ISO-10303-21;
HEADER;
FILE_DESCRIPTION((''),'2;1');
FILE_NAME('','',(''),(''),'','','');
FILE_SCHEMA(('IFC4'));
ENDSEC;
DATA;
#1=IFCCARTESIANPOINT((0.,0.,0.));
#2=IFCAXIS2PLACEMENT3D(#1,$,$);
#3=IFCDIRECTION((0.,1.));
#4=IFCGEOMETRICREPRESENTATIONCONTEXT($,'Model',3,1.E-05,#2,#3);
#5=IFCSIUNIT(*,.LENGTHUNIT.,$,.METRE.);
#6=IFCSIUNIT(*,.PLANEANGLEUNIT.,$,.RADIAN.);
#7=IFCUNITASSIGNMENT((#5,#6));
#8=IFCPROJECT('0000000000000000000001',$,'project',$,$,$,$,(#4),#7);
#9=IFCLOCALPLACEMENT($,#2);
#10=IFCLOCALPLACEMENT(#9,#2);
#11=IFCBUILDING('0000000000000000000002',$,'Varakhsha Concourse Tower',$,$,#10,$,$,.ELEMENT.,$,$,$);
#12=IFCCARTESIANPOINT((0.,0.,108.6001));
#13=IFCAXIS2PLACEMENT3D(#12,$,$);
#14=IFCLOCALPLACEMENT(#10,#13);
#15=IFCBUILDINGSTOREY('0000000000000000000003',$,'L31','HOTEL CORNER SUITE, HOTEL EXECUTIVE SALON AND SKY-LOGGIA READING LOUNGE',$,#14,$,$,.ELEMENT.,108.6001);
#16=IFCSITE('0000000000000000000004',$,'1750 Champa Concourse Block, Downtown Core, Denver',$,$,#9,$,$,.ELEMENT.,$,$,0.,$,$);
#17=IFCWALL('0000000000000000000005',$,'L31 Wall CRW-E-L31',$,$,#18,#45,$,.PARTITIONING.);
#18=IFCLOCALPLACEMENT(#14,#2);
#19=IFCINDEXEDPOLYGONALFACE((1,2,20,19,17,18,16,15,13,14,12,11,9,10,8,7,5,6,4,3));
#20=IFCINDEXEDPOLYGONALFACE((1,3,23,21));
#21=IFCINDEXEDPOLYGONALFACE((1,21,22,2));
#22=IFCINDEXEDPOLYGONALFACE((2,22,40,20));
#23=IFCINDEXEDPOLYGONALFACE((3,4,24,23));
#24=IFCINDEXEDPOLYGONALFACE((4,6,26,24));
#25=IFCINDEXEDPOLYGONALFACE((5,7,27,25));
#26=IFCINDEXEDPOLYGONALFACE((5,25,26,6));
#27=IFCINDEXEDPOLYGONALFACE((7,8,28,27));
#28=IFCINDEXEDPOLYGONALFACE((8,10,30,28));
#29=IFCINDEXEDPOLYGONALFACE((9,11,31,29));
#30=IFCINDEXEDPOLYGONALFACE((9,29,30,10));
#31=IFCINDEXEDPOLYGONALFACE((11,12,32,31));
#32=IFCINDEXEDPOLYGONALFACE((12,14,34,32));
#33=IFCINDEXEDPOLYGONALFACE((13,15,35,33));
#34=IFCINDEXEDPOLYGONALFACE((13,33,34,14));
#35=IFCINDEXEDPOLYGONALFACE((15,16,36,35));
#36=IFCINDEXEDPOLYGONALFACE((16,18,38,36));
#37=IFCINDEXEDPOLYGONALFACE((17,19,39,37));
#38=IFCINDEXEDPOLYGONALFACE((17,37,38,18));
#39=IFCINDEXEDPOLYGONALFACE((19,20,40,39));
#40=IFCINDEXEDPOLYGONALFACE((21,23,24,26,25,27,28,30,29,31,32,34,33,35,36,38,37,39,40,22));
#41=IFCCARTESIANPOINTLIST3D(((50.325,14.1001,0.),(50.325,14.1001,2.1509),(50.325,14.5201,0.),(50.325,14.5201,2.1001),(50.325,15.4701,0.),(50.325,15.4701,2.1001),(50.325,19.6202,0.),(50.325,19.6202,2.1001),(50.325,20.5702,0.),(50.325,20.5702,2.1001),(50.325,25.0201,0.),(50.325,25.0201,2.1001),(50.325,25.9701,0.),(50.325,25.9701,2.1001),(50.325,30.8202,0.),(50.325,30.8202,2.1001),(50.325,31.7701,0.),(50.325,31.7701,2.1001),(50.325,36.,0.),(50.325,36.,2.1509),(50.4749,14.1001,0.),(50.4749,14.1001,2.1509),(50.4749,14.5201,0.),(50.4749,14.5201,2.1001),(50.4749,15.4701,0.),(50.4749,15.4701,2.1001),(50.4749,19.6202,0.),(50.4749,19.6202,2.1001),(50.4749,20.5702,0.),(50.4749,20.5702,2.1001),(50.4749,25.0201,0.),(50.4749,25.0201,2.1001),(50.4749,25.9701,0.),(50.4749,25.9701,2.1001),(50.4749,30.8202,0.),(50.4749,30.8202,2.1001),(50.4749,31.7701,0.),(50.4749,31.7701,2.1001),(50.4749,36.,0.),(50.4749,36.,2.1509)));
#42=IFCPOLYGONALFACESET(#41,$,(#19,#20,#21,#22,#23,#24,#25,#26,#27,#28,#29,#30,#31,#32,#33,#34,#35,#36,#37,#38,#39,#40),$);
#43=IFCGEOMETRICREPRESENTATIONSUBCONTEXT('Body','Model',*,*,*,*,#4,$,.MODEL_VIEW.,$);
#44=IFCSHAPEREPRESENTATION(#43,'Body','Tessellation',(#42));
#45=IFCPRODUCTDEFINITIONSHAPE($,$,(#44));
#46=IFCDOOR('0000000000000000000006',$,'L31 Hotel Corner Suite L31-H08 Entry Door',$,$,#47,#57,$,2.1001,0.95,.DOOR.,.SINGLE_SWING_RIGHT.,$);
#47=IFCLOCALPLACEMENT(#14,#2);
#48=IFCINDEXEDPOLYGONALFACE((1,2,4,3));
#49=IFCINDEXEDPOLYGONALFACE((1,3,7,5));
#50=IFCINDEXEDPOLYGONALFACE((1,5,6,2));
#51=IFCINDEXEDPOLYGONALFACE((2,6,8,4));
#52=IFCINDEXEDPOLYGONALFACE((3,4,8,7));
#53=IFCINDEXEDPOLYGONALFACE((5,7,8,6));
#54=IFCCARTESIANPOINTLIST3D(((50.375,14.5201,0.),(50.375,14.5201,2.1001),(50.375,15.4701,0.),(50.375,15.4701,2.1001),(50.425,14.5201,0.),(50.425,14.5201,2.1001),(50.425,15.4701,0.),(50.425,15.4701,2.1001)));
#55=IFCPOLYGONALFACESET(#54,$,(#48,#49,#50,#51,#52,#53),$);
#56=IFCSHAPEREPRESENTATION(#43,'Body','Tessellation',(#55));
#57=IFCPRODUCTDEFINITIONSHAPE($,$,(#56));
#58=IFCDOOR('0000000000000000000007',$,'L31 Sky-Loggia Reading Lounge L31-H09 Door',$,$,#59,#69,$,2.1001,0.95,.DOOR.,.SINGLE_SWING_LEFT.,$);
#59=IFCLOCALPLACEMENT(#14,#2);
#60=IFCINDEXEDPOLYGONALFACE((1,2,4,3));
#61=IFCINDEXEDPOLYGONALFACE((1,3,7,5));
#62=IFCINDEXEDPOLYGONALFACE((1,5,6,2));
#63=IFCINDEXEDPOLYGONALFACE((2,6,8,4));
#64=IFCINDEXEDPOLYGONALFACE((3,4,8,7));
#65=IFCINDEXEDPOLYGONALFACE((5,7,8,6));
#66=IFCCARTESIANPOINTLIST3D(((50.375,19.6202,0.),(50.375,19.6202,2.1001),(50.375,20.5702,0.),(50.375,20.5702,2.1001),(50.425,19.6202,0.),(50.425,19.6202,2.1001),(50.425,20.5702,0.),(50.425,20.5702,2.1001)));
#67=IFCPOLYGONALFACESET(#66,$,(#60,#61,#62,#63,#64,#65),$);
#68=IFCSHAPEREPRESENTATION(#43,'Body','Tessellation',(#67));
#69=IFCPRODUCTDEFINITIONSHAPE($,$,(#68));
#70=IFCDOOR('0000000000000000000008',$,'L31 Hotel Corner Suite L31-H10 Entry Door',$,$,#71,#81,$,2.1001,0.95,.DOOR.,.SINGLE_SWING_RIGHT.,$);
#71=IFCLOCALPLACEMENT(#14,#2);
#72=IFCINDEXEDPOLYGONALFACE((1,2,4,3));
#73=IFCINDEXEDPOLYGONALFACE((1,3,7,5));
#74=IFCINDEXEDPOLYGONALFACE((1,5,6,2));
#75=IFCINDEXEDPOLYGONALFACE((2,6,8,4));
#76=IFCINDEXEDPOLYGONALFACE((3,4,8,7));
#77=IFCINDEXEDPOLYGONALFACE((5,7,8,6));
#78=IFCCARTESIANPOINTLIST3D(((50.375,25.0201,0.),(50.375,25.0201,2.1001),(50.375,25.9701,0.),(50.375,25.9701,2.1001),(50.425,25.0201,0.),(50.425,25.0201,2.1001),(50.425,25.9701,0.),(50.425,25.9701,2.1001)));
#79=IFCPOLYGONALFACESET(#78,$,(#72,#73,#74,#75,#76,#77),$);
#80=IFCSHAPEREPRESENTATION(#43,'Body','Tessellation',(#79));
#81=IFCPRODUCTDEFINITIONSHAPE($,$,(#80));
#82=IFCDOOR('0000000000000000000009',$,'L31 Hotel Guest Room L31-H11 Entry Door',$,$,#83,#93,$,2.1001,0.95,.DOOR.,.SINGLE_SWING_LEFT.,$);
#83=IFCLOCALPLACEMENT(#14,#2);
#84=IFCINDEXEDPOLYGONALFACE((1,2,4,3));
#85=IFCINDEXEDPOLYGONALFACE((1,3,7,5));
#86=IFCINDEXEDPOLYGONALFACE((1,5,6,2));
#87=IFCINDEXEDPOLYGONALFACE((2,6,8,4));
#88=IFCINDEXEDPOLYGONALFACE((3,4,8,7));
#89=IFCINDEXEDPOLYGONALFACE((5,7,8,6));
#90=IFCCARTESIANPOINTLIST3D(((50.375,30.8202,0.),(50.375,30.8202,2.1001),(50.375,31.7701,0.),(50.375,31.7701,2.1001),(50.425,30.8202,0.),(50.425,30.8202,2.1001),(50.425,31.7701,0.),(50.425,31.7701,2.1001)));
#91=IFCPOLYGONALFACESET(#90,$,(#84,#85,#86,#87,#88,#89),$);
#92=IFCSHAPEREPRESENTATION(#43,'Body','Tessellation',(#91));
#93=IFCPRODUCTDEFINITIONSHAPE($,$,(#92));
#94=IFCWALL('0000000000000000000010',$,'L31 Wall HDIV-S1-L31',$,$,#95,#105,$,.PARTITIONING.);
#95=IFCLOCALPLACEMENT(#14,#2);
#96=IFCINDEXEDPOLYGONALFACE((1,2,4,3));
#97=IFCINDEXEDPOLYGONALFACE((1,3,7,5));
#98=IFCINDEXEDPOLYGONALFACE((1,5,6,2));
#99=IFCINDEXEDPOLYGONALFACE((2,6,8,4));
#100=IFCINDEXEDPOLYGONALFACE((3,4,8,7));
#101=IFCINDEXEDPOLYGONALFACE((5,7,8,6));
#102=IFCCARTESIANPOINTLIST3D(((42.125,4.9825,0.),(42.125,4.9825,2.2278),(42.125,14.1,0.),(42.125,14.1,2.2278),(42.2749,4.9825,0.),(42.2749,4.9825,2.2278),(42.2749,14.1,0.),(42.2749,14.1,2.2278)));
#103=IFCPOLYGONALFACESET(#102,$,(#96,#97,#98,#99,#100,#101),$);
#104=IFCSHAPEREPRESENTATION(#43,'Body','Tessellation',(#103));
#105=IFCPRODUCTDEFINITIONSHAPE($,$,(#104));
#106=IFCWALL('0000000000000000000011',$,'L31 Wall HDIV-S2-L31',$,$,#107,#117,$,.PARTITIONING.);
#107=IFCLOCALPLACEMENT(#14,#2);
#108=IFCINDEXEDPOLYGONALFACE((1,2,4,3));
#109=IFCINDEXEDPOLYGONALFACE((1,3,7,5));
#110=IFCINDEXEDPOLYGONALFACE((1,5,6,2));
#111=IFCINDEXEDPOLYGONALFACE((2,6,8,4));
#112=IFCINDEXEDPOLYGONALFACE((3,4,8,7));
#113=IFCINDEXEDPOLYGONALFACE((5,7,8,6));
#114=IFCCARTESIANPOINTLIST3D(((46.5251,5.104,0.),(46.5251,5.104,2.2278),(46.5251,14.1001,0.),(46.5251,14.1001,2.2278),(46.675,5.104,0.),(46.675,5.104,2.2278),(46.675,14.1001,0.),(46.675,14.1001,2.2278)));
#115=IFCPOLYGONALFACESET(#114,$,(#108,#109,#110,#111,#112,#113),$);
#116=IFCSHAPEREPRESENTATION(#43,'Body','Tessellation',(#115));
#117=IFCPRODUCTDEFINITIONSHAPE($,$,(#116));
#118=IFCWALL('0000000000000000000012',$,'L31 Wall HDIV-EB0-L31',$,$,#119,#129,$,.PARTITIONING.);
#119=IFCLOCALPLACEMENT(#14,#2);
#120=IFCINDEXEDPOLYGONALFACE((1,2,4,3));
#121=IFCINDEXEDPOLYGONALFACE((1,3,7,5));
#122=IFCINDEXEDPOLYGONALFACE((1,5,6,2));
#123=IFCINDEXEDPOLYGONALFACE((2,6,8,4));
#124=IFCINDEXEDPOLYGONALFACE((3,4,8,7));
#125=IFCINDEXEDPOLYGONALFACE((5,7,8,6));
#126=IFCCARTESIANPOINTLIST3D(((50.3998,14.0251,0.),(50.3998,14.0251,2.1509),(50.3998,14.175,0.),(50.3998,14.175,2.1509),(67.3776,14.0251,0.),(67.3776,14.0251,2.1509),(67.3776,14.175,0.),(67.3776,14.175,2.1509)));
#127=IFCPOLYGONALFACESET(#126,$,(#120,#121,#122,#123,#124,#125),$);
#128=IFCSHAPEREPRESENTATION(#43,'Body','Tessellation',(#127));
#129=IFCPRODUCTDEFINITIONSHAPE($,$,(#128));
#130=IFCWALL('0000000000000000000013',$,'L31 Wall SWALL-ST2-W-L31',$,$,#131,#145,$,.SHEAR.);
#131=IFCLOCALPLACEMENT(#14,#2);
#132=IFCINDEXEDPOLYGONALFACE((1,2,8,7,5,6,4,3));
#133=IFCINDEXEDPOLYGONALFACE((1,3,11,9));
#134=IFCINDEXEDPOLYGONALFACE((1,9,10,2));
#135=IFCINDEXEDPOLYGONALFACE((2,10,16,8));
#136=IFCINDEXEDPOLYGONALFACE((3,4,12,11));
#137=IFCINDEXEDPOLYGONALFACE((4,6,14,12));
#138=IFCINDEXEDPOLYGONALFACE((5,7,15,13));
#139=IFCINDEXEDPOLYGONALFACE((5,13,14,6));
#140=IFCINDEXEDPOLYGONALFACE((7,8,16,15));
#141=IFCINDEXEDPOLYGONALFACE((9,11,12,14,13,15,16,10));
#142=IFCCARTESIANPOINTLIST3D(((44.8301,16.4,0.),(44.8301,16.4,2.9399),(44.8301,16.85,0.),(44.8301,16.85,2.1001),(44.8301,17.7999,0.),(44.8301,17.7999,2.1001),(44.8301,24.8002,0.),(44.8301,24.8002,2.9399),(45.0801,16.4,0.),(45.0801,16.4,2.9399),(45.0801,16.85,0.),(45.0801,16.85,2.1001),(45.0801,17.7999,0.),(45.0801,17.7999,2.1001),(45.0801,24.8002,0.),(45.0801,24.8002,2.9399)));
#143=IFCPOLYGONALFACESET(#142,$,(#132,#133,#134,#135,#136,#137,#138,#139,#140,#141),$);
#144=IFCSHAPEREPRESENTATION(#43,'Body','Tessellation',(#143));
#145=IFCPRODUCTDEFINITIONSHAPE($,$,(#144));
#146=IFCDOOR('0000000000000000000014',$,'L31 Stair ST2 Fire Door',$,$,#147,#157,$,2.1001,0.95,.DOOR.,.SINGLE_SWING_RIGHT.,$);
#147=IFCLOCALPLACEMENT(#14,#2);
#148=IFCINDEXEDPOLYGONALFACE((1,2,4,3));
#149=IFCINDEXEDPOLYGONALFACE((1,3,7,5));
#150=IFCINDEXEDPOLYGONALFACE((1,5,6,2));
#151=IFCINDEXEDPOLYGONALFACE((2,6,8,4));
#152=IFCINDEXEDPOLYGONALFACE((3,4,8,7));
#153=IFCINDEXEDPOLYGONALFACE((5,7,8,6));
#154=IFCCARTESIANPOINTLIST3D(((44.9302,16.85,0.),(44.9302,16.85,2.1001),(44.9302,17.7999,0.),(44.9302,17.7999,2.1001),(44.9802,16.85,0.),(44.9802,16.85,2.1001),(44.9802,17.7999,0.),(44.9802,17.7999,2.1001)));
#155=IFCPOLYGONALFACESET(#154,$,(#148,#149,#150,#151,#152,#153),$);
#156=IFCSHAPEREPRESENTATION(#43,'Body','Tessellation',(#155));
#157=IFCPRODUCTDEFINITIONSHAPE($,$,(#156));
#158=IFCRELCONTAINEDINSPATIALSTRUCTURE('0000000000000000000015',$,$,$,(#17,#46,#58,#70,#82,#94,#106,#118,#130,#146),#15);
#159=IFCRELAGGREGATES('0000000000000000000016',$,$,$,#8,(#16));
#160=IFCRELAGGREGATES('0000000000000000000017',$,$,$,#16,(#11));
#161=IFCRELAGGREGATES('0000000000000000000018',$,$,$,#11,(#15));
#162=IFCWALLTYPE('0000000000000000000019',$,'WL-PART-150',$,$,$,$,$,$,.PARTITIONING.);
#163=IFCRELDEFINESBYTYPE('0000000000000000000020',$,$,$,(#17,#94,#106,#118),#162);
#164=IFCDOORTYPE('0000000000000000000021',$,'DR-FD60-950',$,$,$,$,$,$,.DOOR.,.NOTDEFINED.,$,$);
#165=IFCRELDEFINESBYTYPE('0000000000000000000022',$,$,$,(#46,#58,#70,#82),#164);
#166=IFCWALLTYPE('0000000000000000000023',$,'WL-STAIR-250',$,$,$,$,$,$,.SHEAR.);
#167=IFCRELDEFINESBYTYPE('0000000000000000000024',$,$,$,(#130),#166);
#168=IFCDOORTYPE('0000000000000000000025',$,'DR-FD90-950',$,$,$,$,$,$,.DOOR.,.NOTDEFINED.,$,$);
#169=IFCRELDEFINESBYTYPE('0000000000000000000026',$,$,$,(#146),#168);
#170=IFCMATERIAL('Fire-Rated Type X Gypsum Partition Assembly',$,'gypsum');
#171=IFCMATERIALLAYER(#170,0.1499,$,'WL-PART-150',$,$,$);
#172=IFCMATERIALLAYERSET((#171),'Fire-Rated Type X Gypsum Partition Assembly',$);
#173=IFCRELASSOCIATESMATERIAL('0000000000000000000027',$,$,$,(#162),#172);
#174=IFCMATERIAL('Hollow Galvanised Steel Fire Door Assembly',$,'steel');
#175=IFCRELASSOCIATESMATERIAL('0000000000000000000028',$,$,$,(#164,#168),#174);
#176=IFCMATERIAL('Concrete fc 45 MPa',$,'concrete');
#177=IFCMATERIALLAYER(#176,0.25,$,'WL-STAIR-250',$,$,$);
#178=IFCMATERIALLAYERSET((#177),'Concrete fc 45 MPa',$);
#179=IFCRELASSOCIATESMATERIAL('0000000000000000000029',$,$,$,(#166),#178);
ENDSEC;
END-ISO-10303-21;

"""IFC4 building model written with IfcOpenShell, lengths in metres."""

from ifc_helpers import new_model, si_unit, direction, frame, frame_2d, origin, place, context, subcontext, project, spatial, rectangle, extrude, material, layer, layer_set, type_object, element, fill, save


model = new_model("IFC4")

# Units and contexts
model_context = context("Model", 3, precision=1e-05, world=origin(), true_north=direction((0.0, 1.0)))
body_context = subcontext(model_context, "Body", "Model", "MODEL_VIEW")
ifc_project = project(units=[si_unit("LENGTHUNIT", "METRE"), si_unit("PLANEANGLEUNIT", "RADIAN")], contexts=[model_context])

# Site, building, storey
site_placement = place(None, origin())
site = spatial("IfcSite", under=ifc_project, at=site_placement, Name="1750 Champa Concourse Block, Downtown Core, Denver", CompositionType="ELEMENT", RefElevation=0.0)
building_placement = place(site_placement, origin())
building = spatial("IfcBuilding", under=site, at=building_placement, Name="Varakhsha Concourse Tower", CompositionType="ELEMENT")
storey_placement = place(building_placement, frame((0.0, 0.0, 108.6001)))
storey = spatial("IfcBuildingStorey", under=building, at=storey_placement, Name="L31", Description="HOTEL CORNER SUITE, HOTEL EXECUTIVE SALON AND SKY-LOGGIA READING LOUNGE", CompositionType="ELEMENT", Elevation=108.6001)

# Shared definitions
ifc_material_1 = material(Name="Concrete fc 45 MPa", Category="concrete")

# Shared definitions
ifc_material_2 = material(Name="Fire-Rated Type X Gypsum Partition Assembly", Category="gypsum")

# Wall, openings, doors
ifc_layer_1 = layer(ifc_material_2, 0.1499, Name="WL-PART-150")
ifc_layer_set_1 = layer_set([ifc_layer_1], Name="Fire-Rated Type X Gypsum Partition Assembly")
wall_type_1 = type_object("IfcWallType", Name="WL-PART-150", PredefinedType="PARTITIONING", material=ifc_layer_set_1)
wall_1_placement = place(storey_placement, frame((50.3999, 14.1001, 0.0), z_axis=(0.0, 0.0, 1.0), x_axis=(0.0, 1.0, 0.0)))
wall_1 = element("IfcWall", 1, at=wall_1_placement, inside=storey, type_object=wall_type_1, Name="L31 Wall CRW-E-L31", PredefinedType="PARTITIONING", context=body_context, shape_type="SweptSolid", body=[
    extrude(rectangle(XDim=21.8999, YDim=0.1499, at=frame_2d((10.95, 0.0))), origin(), (0.0, 0.0, 1.0), 2.1509),
])
opening_1_placement = place(wall_1_placement, frame((0.4199, 0.0, 0.0)))
opening_1 = element("IfcOpeningElement", 2, at=opening_1_placement, cuts=wall_1, PredefinedType="OPENING", context=body_context, shape_type="SweptSolid", body=[
    extrude(rectangle(XDim=0.95, YDim=2.1001, at=frame_2d((0.4751, 1.05))), frame((0.0, 0.085, 0.0), z_axis=(0.0, -1.0, 0.0), x_axis=(1.0, 0.0, 0.0)), (0.0, 0.0, 1.0), 0.1699),
])
opening_2_placement = place(wall_1_placement, frame((5.52, 0.0, 0.0)))
opening_2 = element("IfcOpeningElement", 3, at=opening_2_placement, cuts=wall_1, PredefinedType="OPENING", context=body_context, shape_type="SweptSolid", body=[
    extrude(rectangle(XDim=0.95, YDim=2.1001, at=frame_2d((0.4751, 1.05))), frame((0.0, 0.085, 0.0), z_axis=(0.0, -1.0, 0.0), x_axis=(1.0, 0.0, 0.0)), (0.0, 0.0, 1.0), 0.1699),
])
opening_3_placement = place(wall_1_placement, frame((10.9199, 0.0, 0.0)))
opening_3 = element("IfcOpeningElement", 4, at=opening_3_placement, cuts=wall_1, PredefinedType="OPENING", context=body_context, shape_type="SweptSolid", body=[
    extrude(rectangle(XDim=0.95, YDim=2.1001, at=frame_2d((0.4751, 1.05))), frame((0.0, 0.085, 0.0), z_axis=(0.0, -1.0, 0.0), x_axis=(1.0, 0.0, 0.0)), (0.0, 0.0, 1.0), 0.1699),
])
opening_4_placement = place(wall_1_placement, frame((16.72, 0.0, 0.0)))
opening_4 = element("IfcOpeningElement", 5, at=opening_4_placement, cuts=wall_1, PredefinedType="OPENING", context=body_context, shape_type="SweptSolid", body=[
    extrude(rectangle(XDim=0.95, YDim=2.1001, at=frame_2d((0.4751, 1.05))), frame((0.0, 0.085, 0.0), z_axis=(0.0, -1.0, 0.0), x_axis=(1.0, 0.0, 0.0)), (0.0, 0.0, 1.0), 0.1699),
])
ifc_material_3 = material(Name="Hollow Galvanised Steel Fire Door Assembly", Category="steel")
door_type_1 = type_object("IfcDoorType", Name="DR-FD60-950", OperationType="NOTDEFINED", PredefinedType="DOOR", material=ifc_material_3)
door_1_placement = place(opening_1_placement, origin())
door_1 = element("IfcDoor", 6, at=door_1_placement, inside=storey, type_object=door_type_1, Name="L31 Hotel Corner Suite L31-H08 Entry Door", OperationType="SINGLE_SWING_RIGHT", OverallHeight=2.1001, OverallWidth=0.95, PredefinedType="DOOR", context=body_context, shape_type="SweptSolid", body=[
    extrude(rectangle(XDim=0.95, YDim=2.1001, at=frame_2d((0.4751, 1.05))), frame((0.0, 0.0249, 0.0), z_axis=(0.0, -1.0, 0.0), x_axis=(1.0, 0.0, 0.0)), (0.0, 0.0, 1.0), 0.05),
])
fill(opening_1, door_1)
door_2_placement = place(opening_2_placement, origin())
door_2 = element("IfcDoor", 7, at=door_2_placement, inside=storey, type_object=door_type_1, Name="L31 Sky-Loggia Reading Lounge L31-H09 Door", OperationType="SINGLE_SWING_LEFT", OverallHeight=2.1001, OverallWidth=0.95, PredefinedType="DOOR", context=body_context, shape_type="SweptSolid", body=[
    extrude(rectangle(XDim=0.95, YDim=2.1001, at=frame_2d((0.4751, 1.05))), frame((0.0, 0.0249, 0.0), z_axis=(0.0, -1.0, 0.0), x_axis=(1.0, 0.0, 0.0)), (0.0, 0.0, 1.0), 0.05),
])
fill(opening_2, door_2)
door_3_placement = place(opening_3_placement, origin())
door_3 = element("IfcDoor", 8, at=door_3_placement, inside=storey, type_object=door_type_1, Name="L31 Hotel Corner Suite L31-H10 Entry Door", OperationType="SINGLE_SWING_RIGHT", OverallHeight=2.1001, OverallWidth=0.95, PredefinedType="DOOR", context=body_context, shape_type="SweptSolid", body=[
    extrude(rectangle(XDim=0.95, YDim=2.1001, at=frame_2d((0.4751, 1.05))), frame((0.0, 0.0249, 0.0), z_axis=(0.0, -1.0, 0.0), x_axis=(1.0, 0.0, 0.0)), (0.0, 0.0, 1.0), 0.05),
])
fill(opening_3, door_3)
door_4_placement = place(opening_4_placement, origin())
door_4 = element("IfcDoor", 9, at=door_4_placement, inside=storey, type_object=door_type_1, Name="L31 Hotel Guest Room L31-H11 Entry Door", OperationType="SINGLE_SWING_LEFT", OverallHeight=2.1001, OverallWidth=0.95, PredefinedType="DOOR", context=body_context, shape_type="SweptSolid", body=[
    extrude(rectangle(XDim=0.95, YDim=2.1001, at=frame_2d((0.4751, 1.05))), frame((0.0, 0.0249, 0.0), z_axis=(0.0, -1.0, 0.0), x_axis=(1.0, 0.0, 0.0)), (0.0, 0.0, 1.0), 0.05),
])
fill(opening_4, door_4)

# Walls
wall_2_placement = place(storey_placement, frame((42.2, 4.9827, 0.0), z_axis=(0.0, 0.0, 1.0), x_axis=(0.0, 1.0, 0.0)))
element("IfcWall", 10, at=wall_2_placement, inside=storey, type_object=wall_type_1, Name="L31 Wall HDIV-S1-L31", PredefinedType="PARTITIONING", context=body_context, shape_type="SweptSolid", body=[
    extrude(rectangle(XDim=9.1174, YDim=0.1499, at=frame_2d((4.5586, 0.0))), origin(), (0.0, 0.0, 1.0), 2.2278),
])
wall_3_placement = place(storey_placement, frame((46.6001, 5.104, 0.0), z_axis=(0.0, 0.0, 1.0), x_axis=(0.0, 1.0, 0.0)))
element("IfcWall", 11, at=wall_3_placement, inside=storey, type_object=wall_type_1, Name="L31 Wall HDIV-S2-L31", PredefinedType="PARTITIONING", context=body_context, shape_type="SweptSolid", body=[
    extrude(rectangle(XDim=8.9961, YDim=0.1499, at=frame_2d((4.498, 0.0))), origin(), (0.0, 0.0, 1.0), 2.2278),
])
wall_4_placement = place(storey_placement, frame((50.3999, 14.1001, 0.0), z_axis=(0.0, 0.0, 1.0), x_axis=(1.0, 0.0, 0.0)))
element("IfcWall", 12, at=wall_4_placement, inside=storey, type_object=wall_type_1, Name="L31 Wall HDIV-EB0-L31", PredefinedType="PARTITIONING", context=body_context, shape_type="SweptSolid", body=[
    extrude(rectangle(XDim=16.9778, YDim=0.1499, at=frame_2d((8.4888, 0.0))), origin(), (0.0, 0.0, 1.0), 2.1509),
])

# Wall, opening, door
ifc_layer_2 = layer(ifc_material_1, 0.25, Name="WL-STAIR-250")
ifc_layer_set_2 = layer_set([ifc_layer_2], Name="Concrete fc 45 MPa")
wall_type_2 = type_object("IfcWallType", Name="WL-STAIR-250", PredefinedType="SHEAR", material=ifc_layer_set_2)
wall_5_placement = place(storey_placement, frame((44.9551, 16.3999, 0.0), z_axis=(0.0, 0.0, 1.0), x_axis=(0.0, 1.0, 0.0)))
wall_5 = element("IfcWall", 13, at=wall_5_placement, inside=storey, type_object=wall_type_2, Name="L31 Wall SWALL-ST2-W-L31", PredefinedType="SHEAR", context=body_context, shape_type="SweptSolid", body=[
    extrude(rectangle(XDim=8.4001, YDim=0.25, at=frame_2d((4.2002, 0.0))), origin(), (0.0, 0.0, 1.0), 2.9399),
])
opening_5_placement = place(wall_5_placement, frame((0.45, 0.0, 0.0)))
opening_5 = element("IfcOpeningElement", 14, at=opening_5_placement, cuts=wall_5, PredefinedType="OPENING", context=body_context, shape_type="SweptSolid", body=[
    extrude(rectangle(XDim=0.95, YDim=2.1001, at=frame_2d((0.4751, 1.05))), frame((0.0, 0.135, 0.0), z_axis=(0.0, -1.0, 0.0), x_axis=(1.0, 0.0, 0.0)), (0.0, 0.0, 1.0), 0.27),
])
door_type_2 = type_object("IfcDoorType", Name="DR-FD90-950", OperationType="NOTDEFINED", PredefinedType="DOOR", material=ifc_material_3)
door_5_placement = place(opening_5_placement, origin())
door_5 = element("IfcDoor", 15, at=door_5_placement, inside=storey, type_object=door_type_2, Name="L31 Stair ST2 Fire Door", OperationType="SINGLE_SWING_RIGHT", OverallHeight=2.1001, OverallWidth=0.95, PredefinedType="DOOR", context=body_context, shape_type="SweptSolid", body=[
    extrude(rectangle(XDim=0.95, YDim=2.1001, at=frame_2d((0.4751, 1.05))), frame((0.0, 0.0249, 0.0), z_axis=(0.0, -1.0, 0.0), x_axis=(1.0, 0.0, 0.0)), (0.0, 0.0, 1.0), 0.05),
])
fill(opening_5, door_5)

save(model, "model.ifc")
